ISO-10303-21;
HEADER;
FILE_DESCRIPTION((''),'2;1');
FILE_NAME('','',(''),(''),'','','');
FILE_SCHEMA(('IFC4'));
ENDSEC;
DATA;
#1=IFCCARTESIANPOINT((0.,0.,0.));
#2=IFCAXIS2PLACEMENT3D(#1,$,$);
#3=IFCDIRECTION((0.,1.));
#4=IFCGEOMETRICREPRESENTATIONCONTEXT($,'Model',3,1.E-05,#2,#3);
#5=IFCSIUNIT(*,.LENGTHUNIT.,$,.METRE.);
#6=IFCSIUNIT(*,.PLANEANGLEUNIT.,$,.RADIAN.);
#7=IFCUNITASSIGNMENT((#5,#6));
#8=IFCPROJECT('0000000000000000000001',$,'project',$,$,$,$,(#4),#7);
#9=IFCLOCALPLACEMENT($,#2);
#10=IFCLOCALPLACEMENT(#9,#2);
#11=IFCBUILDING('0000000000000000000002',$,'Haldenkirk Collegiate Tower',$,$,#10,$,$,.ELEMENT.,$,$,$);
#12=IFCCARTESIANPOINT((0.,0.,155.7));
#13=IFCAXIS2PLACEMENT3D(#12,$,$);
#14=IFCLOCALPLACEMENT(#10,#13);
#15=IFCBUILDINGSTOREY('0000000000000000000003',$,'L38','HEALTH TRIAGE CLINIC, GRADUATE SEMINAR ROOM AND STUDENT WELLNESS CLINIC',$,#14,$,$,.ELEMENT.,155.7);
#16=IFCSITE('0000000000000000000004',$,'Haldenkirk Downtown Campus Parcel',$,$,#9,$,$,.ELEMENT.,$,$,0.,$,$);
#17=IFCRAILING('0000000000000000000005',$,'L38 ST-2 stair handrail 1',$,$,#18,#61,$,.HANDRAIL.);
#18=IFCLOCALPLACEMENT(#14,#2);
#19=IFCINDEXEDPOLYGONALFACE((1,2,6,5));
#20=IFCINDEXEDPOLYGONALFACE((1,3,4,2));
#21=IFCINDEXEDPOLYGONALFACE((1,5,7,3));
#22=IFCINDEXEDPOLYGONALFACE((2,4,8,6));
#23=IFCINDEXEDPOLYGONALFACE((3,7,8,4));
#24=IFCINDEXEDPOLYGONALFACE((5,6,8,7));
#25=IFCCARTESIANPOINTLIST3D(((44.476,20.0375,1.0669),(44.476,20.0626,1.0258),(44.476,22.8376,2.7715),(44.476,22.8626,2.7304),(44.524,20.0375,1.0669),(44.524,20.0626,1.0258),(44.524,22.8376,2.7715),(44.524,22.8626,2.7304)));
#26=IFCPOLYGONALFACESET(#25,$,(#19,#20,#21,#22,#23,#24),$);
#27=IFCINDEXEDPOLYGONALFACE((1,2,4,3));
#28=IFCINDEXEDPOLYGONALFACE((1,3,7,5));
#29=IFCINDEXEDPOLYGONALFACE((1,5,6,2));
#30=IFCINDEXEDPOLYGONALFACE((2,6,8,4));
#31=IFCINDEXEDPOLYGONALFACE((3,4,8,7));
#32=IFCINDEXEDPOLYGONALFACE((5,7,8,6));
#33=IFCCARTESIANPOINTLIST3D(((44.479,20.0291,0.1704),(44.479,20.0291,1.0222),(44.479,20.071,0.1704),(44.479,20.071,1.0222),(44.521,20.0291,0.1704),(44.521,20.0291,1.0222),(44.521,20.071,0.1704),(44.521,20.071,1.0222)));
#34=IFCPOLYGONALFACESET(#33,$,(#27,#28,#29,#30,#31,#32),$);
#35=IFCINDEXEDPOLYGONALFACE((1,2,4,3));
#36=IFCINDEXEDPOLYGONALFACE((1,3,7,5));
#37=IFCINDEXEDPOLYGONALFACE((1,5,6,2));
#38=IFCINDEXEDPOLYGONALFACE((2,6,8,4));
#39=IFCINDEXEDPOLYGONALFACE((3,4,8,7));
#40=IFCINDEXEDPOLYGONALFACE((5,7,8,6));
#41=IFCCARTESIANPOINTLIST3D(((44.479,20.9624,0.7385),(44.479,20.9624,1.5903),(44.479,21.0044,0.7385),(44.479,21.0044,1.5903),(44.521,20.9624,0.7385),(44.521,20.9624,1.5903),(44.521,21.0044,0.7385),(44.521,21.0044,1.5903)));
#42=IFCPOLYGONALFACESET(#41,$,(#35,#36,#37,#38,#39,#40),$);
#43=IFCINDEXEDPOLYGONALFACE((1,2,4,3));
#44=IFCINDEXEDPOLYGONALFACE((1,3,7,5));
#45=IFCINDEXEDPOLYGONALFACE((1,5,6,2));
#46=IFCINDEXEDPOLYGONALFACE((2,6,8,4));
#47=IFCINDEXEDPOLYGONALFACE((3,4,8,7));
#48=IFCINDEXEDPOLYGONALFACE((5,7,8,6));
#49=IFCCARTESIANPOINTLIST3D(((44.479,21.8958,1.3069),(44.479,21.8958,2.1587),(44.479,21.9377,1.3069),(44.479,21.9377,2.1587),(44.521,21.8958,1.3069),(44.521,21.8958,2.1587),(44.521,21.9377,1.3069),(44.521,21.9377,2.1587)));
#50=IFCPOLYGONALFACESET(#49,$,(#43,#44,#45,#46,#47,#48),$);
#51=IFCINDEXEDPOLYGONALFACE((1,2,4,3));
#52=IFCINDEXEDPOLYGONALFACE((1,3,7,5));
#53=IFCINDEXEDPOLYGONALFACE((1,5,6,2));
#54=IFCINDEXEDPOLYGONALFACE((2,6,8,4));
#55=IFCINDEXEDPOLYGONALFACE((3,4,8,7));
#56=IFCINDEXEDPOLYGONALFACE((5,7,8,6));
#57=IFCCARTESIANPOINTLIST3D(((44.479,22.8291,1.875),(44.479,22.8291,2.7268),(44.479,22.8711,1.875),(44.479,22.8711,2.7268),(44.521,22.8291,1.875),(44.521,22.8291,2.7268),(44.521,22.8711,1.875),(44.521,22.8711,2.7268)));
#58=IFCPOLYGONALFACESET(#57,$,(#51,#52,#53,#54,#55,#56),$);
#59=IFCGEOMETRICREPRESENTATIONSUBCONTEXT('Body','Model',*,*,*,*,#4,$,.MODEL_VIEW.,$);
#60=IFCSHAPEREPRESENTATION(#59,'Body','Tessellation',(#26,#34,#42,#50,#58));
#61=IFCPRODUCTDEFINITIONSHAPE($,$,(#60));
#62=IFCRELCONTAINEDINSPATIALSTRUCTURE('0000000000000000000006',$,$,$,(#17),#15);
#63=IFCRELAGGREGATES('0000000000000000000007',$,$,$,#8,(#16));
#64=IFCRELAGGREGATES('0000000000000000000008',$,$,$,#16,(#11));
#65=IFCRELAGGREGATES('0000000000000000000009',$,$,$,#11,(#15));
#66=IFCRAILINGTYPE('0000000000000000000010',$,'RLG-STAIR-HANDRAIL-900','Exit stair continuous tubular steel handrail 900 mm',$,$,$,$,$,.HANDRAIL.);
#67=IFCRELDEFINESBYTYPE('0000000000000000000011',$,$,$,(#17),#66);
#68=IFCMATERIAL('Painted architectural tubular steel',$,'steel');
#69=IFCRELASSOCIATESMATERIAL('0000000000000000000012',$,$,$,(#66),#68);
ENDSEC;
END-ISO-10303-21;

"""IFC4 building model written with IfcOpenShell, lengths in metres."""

from ifc_helpers import new_model, si_unit, direction, frame, origin, origin_2d, place, context, subcontext, project, spatial, rectangle, extrude, material, type_object, element, save


model = new_model("IFC4")

# Units and contexts
model_context = context("Model", 3, precision=1e-05, world=origin(), true_north=direction((0.0, 1.0)))
body_context = subcontext(model_context, "Body", "Model", "MODEL_VIEW")
ifc_project = project(units=[si_unit("LENGTHUNIT", "METRE"), si_unit("PLANEANGLEUNIT", "RADIAN")], contexts=[model_context])

# Site, building, storey
site_placement = place(None, origin())
site = spatial("IfcSite", under=ifc_project, at=site_placement, Name="Haldenkirk Downtown Campus Parcel", CompositionType="ELEMENT", RefElevation=0.0)
building_placement = place(site_placement, origin())
building = spatial("IfcBuilding", under=site, at=building_placement, Name="Haldenkirk Collegiate Tower", CompositionType="ELEMENT")
storey_placement = place(building_placement, frame((0.0, 0.0, 155.7)))
storey = spatial("IfcBuildingStorey", under=building, at=storey_placement, Name="L38", Description="HEALTH TRIAGE CLINIC, GRADUATE SEMINAR ROOM AND STUDENT WELLNESS CLINIC", CompositionType="ELEMENT", Elevation=155.7)

# Railing
ifc_material_1 = material(Name="Painted architectural tubular steel", Category="steel")
railing_type = type_object("IfcRailingType", Name="RLG-STAIR-HANDRAIL-900", Description="Exit stair continuous tubular steel handrail 900 mm", PredefinedType="HANDRAIL", material=ifc_material_1)
railing_placement = place(storey_placement, frame((44.5, 20.05, 0.1704)))
element("IfcRailing", 1, at=railing_placement, inside=storey, type_object=railing_type, Name="L38 ST-2 stair handrail 1", PredefinedType="HANDRAIL", context=body_context, shape_type="SweptSolid", body=[
    extrude(rectangle(XDim=0.0481, YDim=0.0481, at=origin_2d()), frame((0.0, 0.0, 0.876), z_axis=(0.0, 0.85417, 0.519994), x_axis=(-1.0, 0.0, 0.0)), (0.0, 0.0, 1.0), 3.2781),
    extrude(rectangle(XDim=0.042, YDim=0.042, at=origin_2d()), origin(), (0.0, 0.0, 1.0), 0.8518),
    extrude(rectangle(XDim=0.042, YDim=0.042, at=origin_2d()), frame((0.0, 0.9333, 0.5681)), (0.0, 0.0, 1.0), 0.8518),
    extrude(rectangle(XDim=0.042, YDim=0.042, at=origin_2d()), frame((0.0, 1.8667, 1.1365)), (0.0, 0.0, 1.0), 0.8518),
    extrude(rectangle(XDim=0.042, YDim=0.042, at=origin_2d()), frame((0.0, 2.8, 1.7046)), (0.0, 0.0, 1.0), 0.8518),
])

save(model, "model.ifc")
